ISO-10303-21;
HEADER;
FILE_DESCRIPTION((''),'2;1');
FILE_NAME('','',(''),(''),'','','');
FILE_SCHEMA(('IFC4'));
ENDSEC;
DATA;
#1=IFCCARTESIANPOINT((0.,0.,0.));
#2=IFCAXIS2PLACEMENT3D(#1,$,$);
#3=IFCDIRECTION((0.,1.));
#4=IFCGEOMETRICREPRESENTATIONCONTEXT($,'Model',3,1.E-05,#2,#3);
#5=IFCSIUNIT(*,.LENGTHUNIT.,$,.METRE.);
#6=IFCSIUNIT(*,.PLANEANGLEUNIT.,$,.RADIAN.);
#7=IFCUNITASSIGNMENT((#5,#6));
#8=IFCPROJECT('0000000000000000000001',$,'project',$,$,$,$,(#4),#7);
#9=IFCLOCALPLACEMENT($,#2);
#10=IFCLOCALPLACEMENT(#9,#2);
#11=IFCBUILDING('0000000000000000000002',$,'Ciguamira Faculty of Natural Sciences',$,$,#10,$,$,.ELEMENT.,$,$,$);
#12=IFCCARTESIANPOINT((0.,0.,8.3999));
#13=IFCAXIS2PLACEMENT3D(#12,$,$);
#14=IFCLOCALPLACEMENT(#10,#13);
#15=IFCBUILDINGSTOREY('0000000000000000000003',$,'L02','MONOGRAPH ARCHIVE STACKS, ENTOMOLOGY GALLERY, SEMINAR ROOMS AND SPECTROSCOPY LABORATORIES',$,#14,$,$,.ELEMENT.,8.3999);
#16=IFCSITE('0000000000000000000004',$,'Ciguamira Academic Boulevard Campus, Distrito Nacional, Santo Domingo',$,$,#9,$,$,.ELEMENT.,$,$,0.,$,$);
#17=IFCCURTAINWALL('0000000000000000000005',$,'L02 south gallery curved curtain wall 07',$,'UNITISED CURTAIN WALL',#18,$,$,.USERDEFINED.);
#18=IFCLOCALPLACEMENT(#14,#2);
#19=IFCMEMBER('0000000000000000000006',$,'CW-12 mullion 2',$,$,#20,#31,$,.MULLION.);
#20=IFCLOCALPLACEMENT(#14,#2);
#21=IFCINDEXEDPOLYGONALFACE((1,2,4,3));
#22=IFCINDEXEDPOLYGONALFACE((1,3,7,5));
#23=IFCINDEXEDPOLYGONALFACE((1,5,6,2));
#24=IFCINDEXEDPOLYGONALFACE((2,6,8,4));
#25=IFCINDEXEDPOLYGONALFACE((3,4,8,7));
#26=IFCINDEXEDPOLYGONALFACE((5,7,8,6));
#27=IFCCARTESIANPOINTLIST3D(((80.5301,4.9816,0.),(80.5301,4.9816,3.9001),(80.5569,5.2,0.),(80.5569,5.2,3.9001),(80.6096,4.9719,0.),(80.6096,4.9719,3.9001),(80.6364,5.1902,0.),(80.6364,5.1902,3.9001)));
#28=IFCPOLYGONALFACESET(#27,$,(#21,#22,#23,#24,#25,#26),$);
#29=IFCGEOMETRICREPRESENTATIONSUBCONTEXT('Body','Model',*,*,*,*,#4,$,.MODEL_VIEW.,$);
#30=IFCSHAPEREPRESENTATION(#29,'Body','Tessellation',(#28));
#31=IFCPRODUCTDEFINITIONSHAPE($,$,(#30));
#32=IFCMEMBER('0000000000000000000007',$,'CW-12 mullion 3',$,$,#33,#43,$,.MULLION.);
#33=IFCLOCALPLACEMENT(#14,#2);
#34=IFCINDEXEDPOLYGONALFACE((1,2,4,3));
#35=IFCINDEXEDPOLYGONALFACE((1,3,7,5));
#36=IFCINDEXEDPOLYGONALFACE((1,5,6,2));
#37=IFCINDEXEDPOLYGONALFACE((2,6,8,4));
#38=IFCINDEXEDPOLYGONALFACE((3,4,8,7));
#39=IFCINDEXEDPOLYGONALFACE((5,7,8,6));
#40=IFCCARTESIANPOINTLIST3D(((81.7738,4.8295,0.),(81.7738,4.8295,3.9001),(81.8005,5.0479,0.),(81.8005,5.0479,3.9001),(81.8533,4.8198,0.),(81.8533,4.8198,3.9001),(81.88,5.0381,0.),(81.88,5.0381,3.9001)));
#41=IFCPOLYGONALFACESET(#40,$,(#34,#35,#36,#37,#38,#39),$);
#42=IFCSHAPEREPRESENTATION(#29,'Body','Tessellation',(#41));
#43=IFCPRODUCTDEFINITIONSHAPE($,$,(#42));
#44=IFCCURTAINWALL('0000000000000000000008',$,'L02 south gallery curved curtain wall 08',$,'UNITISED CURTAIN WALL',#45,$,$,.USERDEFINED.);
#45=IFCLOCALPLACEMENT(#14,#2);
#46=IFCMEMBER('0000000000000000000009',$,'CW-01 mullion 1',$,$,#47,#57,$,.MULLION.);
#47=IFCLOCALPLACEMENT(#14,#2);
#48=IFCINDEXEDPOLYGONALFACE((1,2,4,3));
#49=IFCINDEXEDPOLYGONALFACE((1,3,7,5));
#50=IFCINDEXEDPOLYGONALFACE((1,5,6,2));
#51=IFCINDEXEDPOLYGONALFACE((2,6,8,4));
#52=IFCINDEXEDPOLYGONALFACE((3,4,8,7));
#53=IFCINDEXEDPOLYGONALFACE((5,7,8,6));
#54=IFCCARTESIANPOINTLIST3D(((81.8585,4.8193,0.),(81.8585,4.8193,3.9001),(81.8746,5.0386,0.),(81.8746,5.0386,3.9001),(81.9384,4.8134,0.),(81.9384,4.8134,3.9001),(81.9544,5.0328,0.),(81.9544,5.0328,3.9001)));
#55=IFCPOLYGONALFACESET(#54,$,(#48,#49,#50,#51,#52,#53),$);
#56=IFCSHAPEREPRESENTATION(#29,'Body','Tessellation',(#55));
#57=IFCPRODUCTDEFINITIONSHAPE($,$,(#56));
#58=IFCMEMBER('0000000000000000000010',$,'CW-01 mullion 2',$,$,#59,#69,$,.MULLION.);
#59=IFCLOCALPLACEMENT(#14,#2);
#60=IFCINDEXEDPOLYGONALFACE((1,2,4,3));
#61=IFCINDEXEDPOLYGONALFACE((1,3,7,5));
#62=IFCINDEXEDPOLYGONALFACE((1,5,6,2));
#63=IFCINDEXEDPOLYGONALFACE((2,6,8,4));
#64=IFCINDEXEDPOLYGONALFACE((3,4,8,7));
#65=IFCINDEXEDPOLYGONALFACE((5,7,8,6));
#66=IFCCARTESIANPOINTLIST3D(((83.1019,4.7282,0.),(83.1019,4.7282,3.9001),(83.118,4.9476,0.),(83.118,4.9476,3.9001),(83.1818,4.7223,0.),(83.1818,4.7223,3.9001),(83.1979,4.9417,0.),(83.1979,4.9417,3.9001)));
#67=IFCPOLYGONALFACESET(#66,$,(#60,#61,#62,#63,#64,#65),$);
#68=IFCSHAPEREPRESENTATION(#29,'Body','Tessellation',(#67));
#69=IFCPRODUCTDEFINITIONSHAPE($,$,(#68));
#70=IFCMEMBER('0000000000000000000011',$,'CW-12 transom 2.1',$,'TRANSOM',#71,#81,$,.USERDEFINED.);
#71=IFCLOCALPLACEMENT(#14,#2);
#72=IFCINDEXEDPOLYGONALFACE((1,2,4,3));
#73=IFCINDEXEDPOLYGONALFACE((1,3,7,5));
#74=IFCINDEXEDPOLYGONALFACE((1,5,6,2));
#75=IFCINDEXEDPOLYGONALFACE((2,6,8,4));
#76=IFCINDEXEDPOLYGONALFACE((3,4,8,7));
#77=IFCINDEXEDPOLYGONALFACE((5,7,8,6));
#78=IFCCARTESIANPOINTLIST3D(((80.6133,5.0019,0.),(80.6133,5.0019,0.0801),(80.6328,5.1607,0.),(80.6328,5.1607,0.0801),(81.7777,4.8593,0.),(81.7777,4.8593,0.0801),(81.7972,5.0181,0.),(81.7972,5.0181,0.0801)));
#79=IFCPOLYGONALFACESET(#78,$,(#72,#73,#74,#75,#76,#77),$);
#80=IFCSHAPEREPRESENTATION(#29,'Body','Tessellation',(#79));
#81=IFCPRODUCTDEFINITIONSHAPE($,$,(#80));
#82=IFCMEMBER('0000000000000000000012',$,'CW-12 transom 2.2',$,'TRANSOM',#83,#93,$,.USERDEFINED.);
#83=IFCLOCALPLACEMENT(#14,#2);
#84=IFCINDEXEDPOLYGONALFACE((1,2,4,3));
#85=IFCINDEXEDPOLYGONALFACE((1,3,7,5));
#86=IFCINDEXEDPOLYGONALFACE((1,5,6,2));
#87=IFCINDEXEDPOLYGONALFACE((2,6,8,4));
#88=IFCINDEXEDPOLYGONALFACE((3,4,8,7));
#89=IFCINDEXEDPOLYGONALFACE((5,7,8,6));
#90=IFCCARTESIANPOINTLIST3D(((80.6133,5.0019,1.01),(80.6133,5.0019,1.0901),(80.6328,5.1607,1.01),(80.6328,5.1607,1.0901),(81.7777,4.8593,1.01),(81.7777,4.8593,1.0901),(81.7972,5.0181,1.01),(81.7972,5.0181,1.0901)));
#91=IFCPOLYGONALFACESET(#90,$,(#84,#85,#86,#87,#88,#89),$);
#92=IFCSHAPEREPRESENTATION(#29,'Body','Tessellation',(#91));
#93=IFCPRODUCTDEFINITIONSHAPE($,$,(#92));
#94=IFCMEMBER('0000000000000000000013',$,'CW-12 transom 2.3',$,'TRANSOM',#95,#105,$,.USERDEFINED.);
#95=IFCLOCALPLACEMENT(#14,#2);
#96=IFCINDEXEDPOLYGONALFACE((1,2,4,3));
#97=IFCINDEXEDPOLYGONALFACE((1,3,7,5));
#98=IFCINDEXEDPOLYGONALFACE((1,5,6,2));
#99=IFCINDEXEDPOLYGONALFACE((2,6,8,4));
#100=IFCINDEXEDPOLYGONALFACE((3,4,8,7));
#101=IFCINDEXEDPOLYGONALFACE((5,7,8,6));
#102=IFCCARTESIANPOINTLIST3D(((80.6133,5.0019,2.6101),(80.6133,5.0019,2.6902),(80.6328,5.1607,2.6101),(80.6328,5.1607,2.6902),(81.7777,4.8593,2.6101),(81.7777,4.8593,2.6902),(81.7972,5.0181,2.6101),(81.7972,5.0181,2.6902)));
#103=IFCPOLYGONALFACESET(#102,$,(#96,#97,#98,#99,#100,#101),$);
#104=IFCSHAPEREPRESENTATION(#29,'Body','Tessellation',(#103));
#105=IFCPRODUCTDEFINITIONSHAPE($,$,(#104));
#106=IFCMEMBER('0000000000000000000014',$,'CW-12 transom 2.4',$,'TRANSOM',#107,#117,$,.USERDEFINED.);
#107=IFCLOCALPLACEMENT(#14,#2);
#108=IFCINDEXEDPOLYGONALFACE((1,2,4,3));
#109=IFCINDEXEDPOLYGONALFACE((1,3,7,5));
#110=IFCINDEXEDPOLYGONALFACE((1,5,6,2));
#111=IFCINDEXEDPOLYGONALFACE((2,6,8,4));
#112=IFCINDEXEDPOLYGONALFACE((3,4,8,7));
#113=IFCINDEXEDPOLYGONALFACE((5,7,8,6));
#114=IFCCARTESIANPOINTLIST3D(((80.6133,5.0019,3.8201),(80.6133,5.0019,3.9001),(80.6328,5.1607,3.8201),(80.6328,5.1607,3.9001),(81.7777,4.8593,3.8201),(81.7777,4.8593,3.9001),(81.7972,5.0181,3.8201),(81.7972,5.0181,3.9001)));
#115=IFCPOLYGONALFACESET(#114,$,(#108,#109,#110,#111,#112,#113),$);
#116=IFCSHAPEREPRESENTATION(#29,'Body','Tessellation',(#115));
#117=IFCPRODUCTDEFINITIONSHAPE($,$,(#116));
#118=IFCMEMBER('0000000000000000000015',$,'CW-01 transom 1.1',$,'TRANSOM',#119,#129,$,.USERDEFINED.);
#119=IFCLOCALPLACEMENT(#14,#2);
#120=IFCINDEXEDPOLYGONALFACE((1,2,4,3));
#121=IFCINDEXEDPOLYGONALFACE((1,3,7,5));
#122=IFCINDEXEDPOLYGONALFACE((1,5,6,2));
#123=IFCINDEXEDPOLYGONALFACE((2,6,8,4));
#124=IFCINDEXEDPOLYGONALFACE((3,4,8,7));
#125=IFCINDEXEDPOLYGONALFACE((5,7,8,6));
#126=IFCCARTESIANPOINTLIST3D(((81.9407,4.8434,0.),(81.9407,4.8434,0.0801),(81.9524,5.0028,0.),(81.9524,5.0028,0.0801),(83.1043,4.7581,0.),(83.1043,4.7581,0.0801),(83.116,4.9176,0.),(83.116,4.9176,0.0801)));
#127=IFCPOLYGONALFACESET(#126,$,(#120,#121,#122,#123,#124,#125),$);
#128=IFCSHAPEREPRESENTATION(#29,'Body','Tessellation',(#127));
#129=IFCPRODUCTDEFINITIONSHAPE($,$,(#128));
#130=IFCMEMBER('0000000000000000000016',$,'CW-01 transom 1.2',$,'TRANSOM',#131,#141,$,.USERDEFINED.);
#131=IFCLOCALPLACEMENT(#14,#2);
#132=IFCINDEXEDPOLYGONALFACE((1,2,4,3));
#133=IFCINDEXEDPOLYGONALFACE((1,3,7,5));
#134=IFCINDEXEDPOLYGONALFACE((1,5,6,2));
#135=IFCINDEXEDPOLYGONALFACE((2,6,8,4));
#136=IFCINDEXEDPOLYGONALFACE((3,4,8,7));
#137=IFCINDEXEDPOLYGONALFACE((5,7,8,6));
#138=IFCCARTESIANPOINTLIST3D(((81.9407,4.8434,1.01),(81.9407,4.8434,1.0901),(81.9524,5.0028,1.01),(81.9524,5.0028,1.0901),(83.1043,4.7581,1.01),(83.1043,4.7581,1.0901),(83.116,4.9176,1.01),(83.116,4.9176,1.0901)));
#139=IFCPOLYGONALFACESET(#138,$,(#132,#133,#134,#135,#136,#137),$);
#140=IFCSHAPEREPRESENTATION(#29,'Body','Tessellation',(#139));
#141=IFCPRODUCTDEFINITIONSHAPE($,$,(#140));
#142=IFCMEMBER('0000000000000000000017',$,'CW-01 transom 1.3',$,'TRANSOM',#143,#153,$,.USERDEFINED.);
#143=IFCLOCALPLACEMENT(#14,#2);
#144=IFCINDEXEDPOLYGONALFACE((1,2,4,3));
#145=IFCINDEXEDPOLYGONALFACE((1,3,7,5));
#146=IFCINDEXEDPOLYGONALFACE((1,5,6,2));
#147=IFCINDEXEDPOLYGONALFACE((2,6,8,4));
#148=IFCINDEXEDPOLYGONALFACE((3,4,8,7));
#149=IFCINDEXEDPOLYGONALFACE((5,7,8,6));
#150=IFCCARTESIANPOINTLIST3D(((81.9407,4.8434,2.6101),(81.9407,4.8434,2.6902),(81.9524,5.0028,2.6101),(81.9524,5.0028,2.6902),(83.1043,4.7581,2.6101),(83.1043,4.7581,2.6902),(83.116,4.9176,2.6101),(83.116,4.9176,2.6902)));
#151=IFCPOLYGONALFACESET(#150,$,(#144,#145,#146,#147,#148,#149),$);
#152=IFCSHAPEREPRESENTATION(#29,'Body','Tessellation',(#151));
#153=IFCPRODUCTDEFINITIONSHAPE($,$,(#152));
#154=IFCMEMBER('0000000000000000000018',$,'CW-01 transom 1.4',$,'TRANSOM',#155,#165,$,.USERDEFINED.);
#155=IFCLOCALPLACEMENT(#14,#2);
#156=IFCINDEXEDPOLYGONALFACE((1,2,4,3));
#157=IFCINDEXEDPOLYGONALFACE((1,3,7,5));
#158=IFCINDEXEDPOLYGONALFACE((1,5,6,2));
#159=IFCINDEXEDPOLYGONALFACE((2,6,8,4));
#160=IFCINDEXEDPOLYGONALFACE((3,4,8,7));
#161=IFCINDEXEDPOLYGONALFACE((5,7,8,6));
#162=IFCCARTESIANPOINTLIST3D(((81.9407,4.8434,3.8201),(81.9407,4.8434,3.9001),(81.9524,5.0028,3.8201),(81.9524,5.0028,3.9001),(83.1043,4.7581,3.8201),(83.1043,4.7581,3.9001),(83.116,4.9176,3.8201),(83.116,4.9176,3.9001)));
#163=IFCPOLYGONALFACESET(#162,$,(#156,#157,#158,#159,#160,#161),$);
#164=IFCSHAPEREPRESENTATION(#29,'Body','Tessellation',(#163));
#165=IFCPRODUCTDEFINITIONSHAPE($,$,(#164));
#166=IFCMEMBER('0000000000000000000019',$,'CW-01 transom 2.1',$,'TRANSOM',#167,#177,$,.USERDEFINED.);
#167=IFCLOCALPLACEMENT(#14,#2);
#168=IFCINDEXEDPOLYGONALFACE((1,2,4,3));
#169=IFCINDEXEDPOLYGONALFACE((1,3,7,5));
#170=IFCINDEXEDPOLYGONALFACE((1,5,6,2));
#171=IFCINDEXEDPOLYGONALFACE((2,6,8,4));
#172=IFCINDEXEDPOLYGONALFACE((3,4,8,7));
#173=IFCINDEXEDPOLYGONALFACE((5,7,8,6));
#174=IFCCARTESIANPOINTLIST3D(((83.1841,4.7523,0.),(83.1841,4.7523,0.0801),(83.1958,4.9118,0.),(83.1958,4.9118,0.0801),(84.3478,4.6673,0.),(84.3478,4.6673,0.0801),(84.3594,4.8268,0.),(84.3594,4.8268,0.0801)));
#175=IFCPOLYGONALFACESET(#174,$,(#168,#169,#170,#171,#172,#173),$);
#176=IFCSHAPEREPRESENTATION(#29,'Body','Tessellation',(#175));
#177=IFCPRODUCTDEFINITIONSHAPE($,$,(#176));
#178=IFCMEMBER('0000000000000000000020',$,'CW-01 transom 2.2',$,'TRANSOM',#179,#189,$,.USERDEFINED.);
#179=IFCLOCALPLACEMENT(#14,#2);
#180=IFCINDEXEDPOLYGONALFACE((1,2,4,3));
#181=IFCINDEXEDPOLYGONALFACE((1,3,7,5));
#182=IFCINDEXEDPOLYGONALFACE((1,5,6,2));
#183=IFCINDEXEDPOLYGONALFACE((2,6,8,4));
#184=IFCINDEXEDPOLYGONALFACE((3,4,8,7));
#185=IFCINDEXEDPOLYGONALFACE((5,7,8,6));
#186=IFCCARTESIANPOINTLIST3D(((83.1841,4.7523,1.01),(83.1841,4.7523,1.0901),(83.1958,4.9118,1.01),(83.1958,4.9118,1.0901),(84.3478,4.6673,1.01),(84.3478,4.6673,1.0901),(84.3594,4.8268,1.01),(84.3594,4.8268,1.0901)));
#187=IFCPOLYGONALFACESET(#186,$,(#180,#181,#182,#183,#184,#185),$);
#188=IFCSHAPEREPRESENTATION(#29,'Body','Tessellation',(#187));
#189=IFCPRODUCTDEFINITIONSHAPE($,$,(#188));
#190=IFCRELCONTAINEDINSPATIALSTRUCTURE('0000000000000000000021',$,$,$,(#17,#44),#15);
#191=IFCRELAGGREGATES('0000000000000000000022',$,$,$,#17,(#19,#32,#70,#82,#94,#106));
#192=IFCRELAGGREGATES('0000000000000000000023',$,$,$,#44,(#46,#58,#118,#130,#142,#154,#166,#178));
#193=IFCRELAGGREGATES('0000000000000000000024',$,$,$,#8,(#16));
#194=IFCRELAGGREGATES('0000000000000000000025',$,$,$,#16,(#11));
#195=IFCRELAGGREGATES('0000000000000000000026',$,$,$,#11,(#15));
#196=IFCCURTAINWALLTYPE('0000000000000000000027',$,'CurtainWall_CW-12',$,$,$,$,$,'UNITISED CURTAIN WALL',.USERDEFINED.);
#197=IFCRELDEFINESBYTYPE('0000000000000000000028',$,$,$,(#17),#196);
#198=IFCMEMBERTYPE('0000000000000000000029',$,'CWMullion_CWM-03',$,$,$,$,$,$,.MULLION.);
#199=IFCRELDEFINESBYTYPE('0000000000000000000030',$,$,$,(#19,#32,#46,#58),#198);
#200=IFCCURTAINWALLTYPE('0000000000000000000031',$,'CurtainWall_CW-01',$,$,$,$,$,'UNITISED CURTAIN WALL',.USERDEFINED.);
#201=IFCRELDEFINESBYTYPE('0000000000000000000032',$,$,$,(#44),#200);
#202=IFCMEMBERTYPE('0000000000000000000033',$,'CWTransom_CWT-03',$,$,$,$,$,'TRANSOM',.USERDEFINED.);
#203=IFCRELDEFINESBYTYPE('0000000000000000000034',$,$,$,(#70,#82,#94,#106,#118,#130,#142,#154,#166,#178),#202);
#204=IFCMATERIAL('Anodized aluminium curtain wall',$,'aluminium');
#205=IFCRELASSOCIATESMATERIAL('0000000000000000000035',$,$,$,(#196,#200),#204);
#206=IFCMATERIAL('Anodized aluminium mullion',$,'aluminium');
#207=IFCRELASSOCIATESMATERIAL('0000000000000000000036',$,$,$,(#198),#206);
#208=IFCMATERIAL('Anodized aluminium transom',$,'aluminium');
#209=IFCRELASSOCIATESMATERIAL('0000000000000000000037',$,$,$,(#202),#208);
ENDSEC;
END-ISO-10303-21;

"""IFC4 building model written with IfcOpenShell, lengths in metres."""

from ifc_helpers import new_model, si_unit, direction, frame, origin, origin_2d, place, context, subcontext, project, spatial, rectangle, extrude, material, material_profile, profile_set, type_object, element, aggregate, save


model = new_model("IFC4")

# Units and contexts
model_context = context("Model", 3, precision=1e-05, world=origin(), true_north=direction((0.0, 1.0)))
body_context = subcontext(model_context, "Body", "Model", "MODEL_VIEW")
ifc_project = project(units=[si_unit("LENGTHUNIT", "METRE"), si_unit("PLANEANGLEUNIT", "RADIAN")], contexts=[model_context])

# Site, building, storey
site_placement = place(None, origin())
site = spatial("IfcSite", under=ifc_project, at=site_placement, Name="Ciguamira Academic Boulevard Campus, Distrito Nacional, Santo Domingo", CompositionType="ELEMENT", RefElevation=0.0)
building_placement = place(site_placement, origin())
building = spatial("IfcBuilding", under=site, at=building_placement, Name="Ciguamira Faculty of Natural Sciences", CompositionType="ELEMENT")
storey_placement = place(building_placement, frame((0.0, 0.0, 8.3999)))
storey = spatial("IfcBuildingStorey", under=building, at=storey_placement, Name="L02", Description="MONOGRAPH ARCHIVE STACKS, ENTOMOLOGY GALLERY, SEMINAR ROOMS AND SPECTROSCOPY LABORATORIES", CompositionType="ELEMENT", Elevation=8.3999)

# Curtain walls, members
ifc_material_1 = material(Name="Anodized aluminium curtain wall", Category="aluminium")
curtain_wall_type_1 = type_object("IfcCurtainWallType", Name="CurtainWall_CW-12", ElementType="UNITISED CURTAIN WALL", PredefinedType="USERDEFINED", material=ifc_material_1)
curtain_wall_1_placement = place(storey_placement, origin())
curtain_wall_1 = element("IfcCurtainWall", 1, at=curtain_wall_1_placement, inside=storey, type_object=curtain_wall_type_1, Name="L02 south gallery curved curtain wall 07", ObjectType="UNITISED CURTAIN WALL", PredefinedType="USERDEFINED")
ifc_material_2 = material(Name="Anodized aluminium mullion", Category="aluminium")
ifc_material_profile_1 = material_profile(ifc_material_2, rectangle(XDim=0.0801, YDim=0.22, at=origin_2d()), Name="ALU-MUL-80X220")
ifc_profile_set_1 = profile_set([ifc_material_profile_1], Name="Anodized aluminium mullion")
member_type_1 = type_object("IfcMemberType", Name="CWMullion_CWM-03", PredefinedType="MULLION", material=ifc_profile_set_1)
member_1_placement = place(storey_placement, frame((80.5833, 5.0859, 0.0), z_axis=(0.0, 0.0, 1.0), x_axis=(0.992586, -0.121545, 0.0)))
member_1 = element("IfcMember", 2, at=member_1_placement, type_object=member_type_1, Name="CW-12 mullion 2", PredefinedType="MULLION", context=body_context, shape_type="SweptSolid", body=[
    extrude(rectangle(XDim=0.0801, YDim=0.22, at=origin_2d()), origin(), (0.0, 0.0, 1.0), 3.9001),
])
member_2_placement = place(storey_placement, frame((81.8269, 4.9338, 0.0), z_axis=(0.0, 0.0, 1.0), x_axis=(0.992586, -0.121545, 0.0)))
member_2 = element("IfcMember", 3, at=member_2_placement, type_object=member_type_1, Name="CW-12 mullion 3", PredefinedType="MULLION", context=body_context, shape_type="SweptSolid", body=[
    extrude(rectangle(XDim=0.0801, YDim=0.22, at=origin_2d()), origin(), (0.0, 0.0, 1.0), 3.9001),
])
curtain_wall_type_2 = type_object("IfcCurtainWallType", Name="CurtainWall_CW-01", ElementType="UNITISED CURTAIN WALL", PredefinedType="USERDEFINED", material=ifc_material_1)
curtain_wall_2_placement = place(storey_placement, origin())
curtain_wall_2 = element("IfcCurtainWall", 4, at=curtain_wall_2_placement, inside=storey, type_object=curtain_wall_type_2, Name="L02 south gallery curved curtain wall 08", ObjectType="UNITISED CURTAIN WALL", PredefinedType="USERDEFINED")
member_3_placement = place(storey_placement, frame((81.9065, 4.926, 0.0), z_axis=(0.0, 0.0, 1.0), x_axis=(0.997337, -0.072937, 0.0)))
member_3 = element("IfcMember", 5, at=member_3_placement, type_object=member_type_1, Name="CW-01 mullion 1", PredefinedType="MULLION", context=body_context, shape_type="SweptSolid", body=[
    extrude(rectangle(XDim=0.0801, YDim=0.22, at=origin_2d()), origin(), (0.0, 0.0, 1.0), 3.9001),
])
member_4_placement = place(storey_placement, frame((83.1499, 4.835, 0.0), z_axis=(0.0, 0.0, 1.0), x_axis=(0.997337, -0.072937, 0.0)))
member_4 = element("IfcMember", 6, at=member_4_placement, type_object=member_type_1, Name="CW-01 mullion 2", PredefinedType="MULLION", context=body_context, shape_type="SweptSolid", body=[
    extrude(rectangle(XDim=0.0801, YDim=0.22, at=origin_2d()), origin(), (0.0, 0.0, 1.0), 3.9001),
])

# Members
ifc_material_3 = material(Name="Anodized aluminium transom", Category="aluminium")
ifc_material_profile_2 = material_profile(ifc_material_3, rectangle(XDim=0.0801, YDim=0.1599, at=origin_2d()), Name="ALU-TRN-80X160")
ifc_profile_set_2 = profile_set([ifc_material_profile_2], Name="Anodized aluminium transom")
member_type_2 = type_object("IfcMemberType", Name="CWTransom_CWT-03", ElementType="TRANSOM", PredefinedType="USERDEFINED", material=ifc_profile_set_2)
member_5_placement = place(storey_placement, frame((80.623, 5.0813, 0.04), z_axis=(0.992585, -0.12155, 0.0), x_axis=(0.0, 0.0, 1.0)))
member_5 = element("IfcMember", 7, at=member_5_placement, type_object=member_type_2, Name="CW-12 transom 2.1", ObjectType="TRANSOM", PredefinedType="USERDEFINED", context=body_context, shape_type="SweptSolid", body=[
    extrude(rectangle(XDim=0.0801, YDim=0.1599, at=origin_2d()), origin(), (0.0, 0.0, 1.0), 1.1731),
])
member_6_placement = place(storey_placement, frame((80.623, 5.0813, 1.05), z_axis=(0.992585, -0.12155, 0.0), x_axis=(0.0, 0.0, 1.0)))
member_6 = element("IfcMember", 8, at=member_6_placement, type_object=member_type_2, Name="CW-12 transom 2.2", ObjectType="TRANSOM", PredefinedType="USERDEFINED", context=body_context, shape_type="SweptSolid", body=[
    extrude(rectangle(XDim=0.0801, YDim=0.1599, at=origin_2d()), origin(), (0.0, 0.0, 1.0), 1.1731),
])
member_7_placement = place(storey_placement, frame((80.623, 5.0813, 2.6501), z_axis=(0.992585, -0.12155, 0.0), x_axis=(0.0, 0.0, 1.0)))
member_7 = element("IfcMember", 9, at=member_7_placement, type_object=member_type_2, Name="CW-12 transom 2.3", ObjectType="TRANSOM", PredefinedType="USERDEFINED", context=body_context, shape_type="SweptSolid", body=[
    extrude(rectangle(XDim=0.0801, YDim=0.1599, at=origin_2d()), origin(), (0.0, 0.0, 1.0), 1.1731),
])
member_8_placement = place(storey_placement, frame((80.623, 5.0813, 3.8601), z_axis=(0.992585, -0.12155, 0.0), x_axis=(0.0, 0.0, 1.0)))
member_8 = element("IfcMember", 10, at=member_8_placement, type_object=member_type_2, Name="CW-12 transom 2.4", ObjectType="TRANSOM", PredefinedType="USERDEFINED", context=body_context, shape_type="SweptSolid", body=[
    extrude(rectangle(XDim=0.0801, YDim=0.1599, at=origin_2d()), origin(), (0.0, 0.0, 1.0), 1.1731),
])
member_9_placement = place(storey_placement, frame((81.9465, 4.9231, 0.04), z_axis=(0.99733, -0.073031, 0.0), x_axis=(0.0, 0.0, 1.0)))
member_9 = element("IfcMember", 11, at=member_9_placement, type_object=member_type_2, Name="CW-01 transom 1.1", ObjectType="TRANSOM", PredefinedType="USERDEFINED", context=body_context, shape_type="SweptSolid", body=[
    extrude(rectangle(XDim=0.0801, YDim=0.1599, at=origin_2d()), origin(), (0.0, 0.0, 1.0), 1.1667),
])
member_10_placement = place(storey_placement, frame((81.9465, 4.9231, 1.05), z_axis=(0.99733, -0.073031, 0.0), x_axis=(0.0, 0.0, 1.0)))
member_10 = element("IfcMember", 12, at=member_10_placement, type_object=member_type_2, Name="CW-01 transom 1.2", ObjectType="TRANSOM", PredefinedType="USERDEFINED", context=body_context, shape_type="SweptSolid", body=[
    extrude(rectangle(XDim=0.0801, YDim=0.1599, at=origin_2d()), origin(), (0.0, 0.0, 1.0), 1.1667),
])
member_11_placement = place(storey_placement, frame((81.9465, 4.9231, 2.6501), z_axis=(0.99733, -0.073031, 0.0), x_axis=(0.0, 0.0, 1.0)))
member_11 = element("IfcMember", 13, at=member_11_placement, type_object=member_type_2, Name="CW-01 transom 1.3", ObjectType="TRANSOM", PredefinedType="USERDEFINED", context=body_context, shape_type="SweptSolid", body=[
    extrude(rectangle(XDim=0.0801, YDim=0.1599, at=origin_2d()), origin(), (0.0, 0.0, 1.0), 1.1667),
])
member_12_placement = place(storey_placement, frame((81.9465, 4.9231, 3.8601), z_axis=(0.99733, -0.073031, 0.0), x_axis=(0.0, 0.0, 1.0)))
member_12 = element("IfcMember", 14, at=member_12_placement, type_object=member_type_2, Name="CW-01 transom 1.4", ObjectType="TRANSOM", PredefinedType="USERDEFINED", context=body_context, shape_type="SweptSolid", body=[
    extrude(rectangle(XDim=0.0801, YDim=0.1599, at=origin_2d()), origin(), (0.0, 0.0, 1.0), 1.1667),
])
member_13_placement = place(storey_placement, frame((83.1899, 4.832, 0.04), z_axis=(0.997345, -0.072823, 0.0), x_axis=(0.0, 0.0, 1.0)))
member_13 = element("IfcMember", 15, at=member_13_placement, type_object=member_type_2, Name="CW-01 transom 2.1", ObjectType="TRANSOM", PredefinedType="USERDEFINED", context=body_context, shape_type="SweptSolid", body=[
    extrude(rectangle(XDim=0.0801, YDim=0.1599, at=origin_2d()), origin(), (0.0, 0.0, 1.0), 1.1667),
])
member_14_placement = place(storey_placement, frame((83.1899, 4.832, 1.05), z_axis=(0.997345, -0.072823, 0.0), x_axis=(0.0, 0.0, 1.0)))
member_14 = element("IfcMember", 16, at=member_14_placement, type_object=member_type_2, Name="CW-01 transom 2.2", ObjectType="TRANSOM", PredefinedType="USERDEFINED", context=body_context, shape_type="SweptSolid", body=[
    extrude(rectangle(XDim=0.0801, YDim=0.1599, at=origin_2d()), origin(), (0.0, 0.0, 1.0), 1.1667),
])

aggregate(curtain_wall_1, [member_1, member_2, member_5, member_6, member_7, member_8])
aggregate(curtain_wall_2, [member_3, member_4, member_9, member_10, member_11, member_12, member_13, member_14])

save(model, "model.ifc")
